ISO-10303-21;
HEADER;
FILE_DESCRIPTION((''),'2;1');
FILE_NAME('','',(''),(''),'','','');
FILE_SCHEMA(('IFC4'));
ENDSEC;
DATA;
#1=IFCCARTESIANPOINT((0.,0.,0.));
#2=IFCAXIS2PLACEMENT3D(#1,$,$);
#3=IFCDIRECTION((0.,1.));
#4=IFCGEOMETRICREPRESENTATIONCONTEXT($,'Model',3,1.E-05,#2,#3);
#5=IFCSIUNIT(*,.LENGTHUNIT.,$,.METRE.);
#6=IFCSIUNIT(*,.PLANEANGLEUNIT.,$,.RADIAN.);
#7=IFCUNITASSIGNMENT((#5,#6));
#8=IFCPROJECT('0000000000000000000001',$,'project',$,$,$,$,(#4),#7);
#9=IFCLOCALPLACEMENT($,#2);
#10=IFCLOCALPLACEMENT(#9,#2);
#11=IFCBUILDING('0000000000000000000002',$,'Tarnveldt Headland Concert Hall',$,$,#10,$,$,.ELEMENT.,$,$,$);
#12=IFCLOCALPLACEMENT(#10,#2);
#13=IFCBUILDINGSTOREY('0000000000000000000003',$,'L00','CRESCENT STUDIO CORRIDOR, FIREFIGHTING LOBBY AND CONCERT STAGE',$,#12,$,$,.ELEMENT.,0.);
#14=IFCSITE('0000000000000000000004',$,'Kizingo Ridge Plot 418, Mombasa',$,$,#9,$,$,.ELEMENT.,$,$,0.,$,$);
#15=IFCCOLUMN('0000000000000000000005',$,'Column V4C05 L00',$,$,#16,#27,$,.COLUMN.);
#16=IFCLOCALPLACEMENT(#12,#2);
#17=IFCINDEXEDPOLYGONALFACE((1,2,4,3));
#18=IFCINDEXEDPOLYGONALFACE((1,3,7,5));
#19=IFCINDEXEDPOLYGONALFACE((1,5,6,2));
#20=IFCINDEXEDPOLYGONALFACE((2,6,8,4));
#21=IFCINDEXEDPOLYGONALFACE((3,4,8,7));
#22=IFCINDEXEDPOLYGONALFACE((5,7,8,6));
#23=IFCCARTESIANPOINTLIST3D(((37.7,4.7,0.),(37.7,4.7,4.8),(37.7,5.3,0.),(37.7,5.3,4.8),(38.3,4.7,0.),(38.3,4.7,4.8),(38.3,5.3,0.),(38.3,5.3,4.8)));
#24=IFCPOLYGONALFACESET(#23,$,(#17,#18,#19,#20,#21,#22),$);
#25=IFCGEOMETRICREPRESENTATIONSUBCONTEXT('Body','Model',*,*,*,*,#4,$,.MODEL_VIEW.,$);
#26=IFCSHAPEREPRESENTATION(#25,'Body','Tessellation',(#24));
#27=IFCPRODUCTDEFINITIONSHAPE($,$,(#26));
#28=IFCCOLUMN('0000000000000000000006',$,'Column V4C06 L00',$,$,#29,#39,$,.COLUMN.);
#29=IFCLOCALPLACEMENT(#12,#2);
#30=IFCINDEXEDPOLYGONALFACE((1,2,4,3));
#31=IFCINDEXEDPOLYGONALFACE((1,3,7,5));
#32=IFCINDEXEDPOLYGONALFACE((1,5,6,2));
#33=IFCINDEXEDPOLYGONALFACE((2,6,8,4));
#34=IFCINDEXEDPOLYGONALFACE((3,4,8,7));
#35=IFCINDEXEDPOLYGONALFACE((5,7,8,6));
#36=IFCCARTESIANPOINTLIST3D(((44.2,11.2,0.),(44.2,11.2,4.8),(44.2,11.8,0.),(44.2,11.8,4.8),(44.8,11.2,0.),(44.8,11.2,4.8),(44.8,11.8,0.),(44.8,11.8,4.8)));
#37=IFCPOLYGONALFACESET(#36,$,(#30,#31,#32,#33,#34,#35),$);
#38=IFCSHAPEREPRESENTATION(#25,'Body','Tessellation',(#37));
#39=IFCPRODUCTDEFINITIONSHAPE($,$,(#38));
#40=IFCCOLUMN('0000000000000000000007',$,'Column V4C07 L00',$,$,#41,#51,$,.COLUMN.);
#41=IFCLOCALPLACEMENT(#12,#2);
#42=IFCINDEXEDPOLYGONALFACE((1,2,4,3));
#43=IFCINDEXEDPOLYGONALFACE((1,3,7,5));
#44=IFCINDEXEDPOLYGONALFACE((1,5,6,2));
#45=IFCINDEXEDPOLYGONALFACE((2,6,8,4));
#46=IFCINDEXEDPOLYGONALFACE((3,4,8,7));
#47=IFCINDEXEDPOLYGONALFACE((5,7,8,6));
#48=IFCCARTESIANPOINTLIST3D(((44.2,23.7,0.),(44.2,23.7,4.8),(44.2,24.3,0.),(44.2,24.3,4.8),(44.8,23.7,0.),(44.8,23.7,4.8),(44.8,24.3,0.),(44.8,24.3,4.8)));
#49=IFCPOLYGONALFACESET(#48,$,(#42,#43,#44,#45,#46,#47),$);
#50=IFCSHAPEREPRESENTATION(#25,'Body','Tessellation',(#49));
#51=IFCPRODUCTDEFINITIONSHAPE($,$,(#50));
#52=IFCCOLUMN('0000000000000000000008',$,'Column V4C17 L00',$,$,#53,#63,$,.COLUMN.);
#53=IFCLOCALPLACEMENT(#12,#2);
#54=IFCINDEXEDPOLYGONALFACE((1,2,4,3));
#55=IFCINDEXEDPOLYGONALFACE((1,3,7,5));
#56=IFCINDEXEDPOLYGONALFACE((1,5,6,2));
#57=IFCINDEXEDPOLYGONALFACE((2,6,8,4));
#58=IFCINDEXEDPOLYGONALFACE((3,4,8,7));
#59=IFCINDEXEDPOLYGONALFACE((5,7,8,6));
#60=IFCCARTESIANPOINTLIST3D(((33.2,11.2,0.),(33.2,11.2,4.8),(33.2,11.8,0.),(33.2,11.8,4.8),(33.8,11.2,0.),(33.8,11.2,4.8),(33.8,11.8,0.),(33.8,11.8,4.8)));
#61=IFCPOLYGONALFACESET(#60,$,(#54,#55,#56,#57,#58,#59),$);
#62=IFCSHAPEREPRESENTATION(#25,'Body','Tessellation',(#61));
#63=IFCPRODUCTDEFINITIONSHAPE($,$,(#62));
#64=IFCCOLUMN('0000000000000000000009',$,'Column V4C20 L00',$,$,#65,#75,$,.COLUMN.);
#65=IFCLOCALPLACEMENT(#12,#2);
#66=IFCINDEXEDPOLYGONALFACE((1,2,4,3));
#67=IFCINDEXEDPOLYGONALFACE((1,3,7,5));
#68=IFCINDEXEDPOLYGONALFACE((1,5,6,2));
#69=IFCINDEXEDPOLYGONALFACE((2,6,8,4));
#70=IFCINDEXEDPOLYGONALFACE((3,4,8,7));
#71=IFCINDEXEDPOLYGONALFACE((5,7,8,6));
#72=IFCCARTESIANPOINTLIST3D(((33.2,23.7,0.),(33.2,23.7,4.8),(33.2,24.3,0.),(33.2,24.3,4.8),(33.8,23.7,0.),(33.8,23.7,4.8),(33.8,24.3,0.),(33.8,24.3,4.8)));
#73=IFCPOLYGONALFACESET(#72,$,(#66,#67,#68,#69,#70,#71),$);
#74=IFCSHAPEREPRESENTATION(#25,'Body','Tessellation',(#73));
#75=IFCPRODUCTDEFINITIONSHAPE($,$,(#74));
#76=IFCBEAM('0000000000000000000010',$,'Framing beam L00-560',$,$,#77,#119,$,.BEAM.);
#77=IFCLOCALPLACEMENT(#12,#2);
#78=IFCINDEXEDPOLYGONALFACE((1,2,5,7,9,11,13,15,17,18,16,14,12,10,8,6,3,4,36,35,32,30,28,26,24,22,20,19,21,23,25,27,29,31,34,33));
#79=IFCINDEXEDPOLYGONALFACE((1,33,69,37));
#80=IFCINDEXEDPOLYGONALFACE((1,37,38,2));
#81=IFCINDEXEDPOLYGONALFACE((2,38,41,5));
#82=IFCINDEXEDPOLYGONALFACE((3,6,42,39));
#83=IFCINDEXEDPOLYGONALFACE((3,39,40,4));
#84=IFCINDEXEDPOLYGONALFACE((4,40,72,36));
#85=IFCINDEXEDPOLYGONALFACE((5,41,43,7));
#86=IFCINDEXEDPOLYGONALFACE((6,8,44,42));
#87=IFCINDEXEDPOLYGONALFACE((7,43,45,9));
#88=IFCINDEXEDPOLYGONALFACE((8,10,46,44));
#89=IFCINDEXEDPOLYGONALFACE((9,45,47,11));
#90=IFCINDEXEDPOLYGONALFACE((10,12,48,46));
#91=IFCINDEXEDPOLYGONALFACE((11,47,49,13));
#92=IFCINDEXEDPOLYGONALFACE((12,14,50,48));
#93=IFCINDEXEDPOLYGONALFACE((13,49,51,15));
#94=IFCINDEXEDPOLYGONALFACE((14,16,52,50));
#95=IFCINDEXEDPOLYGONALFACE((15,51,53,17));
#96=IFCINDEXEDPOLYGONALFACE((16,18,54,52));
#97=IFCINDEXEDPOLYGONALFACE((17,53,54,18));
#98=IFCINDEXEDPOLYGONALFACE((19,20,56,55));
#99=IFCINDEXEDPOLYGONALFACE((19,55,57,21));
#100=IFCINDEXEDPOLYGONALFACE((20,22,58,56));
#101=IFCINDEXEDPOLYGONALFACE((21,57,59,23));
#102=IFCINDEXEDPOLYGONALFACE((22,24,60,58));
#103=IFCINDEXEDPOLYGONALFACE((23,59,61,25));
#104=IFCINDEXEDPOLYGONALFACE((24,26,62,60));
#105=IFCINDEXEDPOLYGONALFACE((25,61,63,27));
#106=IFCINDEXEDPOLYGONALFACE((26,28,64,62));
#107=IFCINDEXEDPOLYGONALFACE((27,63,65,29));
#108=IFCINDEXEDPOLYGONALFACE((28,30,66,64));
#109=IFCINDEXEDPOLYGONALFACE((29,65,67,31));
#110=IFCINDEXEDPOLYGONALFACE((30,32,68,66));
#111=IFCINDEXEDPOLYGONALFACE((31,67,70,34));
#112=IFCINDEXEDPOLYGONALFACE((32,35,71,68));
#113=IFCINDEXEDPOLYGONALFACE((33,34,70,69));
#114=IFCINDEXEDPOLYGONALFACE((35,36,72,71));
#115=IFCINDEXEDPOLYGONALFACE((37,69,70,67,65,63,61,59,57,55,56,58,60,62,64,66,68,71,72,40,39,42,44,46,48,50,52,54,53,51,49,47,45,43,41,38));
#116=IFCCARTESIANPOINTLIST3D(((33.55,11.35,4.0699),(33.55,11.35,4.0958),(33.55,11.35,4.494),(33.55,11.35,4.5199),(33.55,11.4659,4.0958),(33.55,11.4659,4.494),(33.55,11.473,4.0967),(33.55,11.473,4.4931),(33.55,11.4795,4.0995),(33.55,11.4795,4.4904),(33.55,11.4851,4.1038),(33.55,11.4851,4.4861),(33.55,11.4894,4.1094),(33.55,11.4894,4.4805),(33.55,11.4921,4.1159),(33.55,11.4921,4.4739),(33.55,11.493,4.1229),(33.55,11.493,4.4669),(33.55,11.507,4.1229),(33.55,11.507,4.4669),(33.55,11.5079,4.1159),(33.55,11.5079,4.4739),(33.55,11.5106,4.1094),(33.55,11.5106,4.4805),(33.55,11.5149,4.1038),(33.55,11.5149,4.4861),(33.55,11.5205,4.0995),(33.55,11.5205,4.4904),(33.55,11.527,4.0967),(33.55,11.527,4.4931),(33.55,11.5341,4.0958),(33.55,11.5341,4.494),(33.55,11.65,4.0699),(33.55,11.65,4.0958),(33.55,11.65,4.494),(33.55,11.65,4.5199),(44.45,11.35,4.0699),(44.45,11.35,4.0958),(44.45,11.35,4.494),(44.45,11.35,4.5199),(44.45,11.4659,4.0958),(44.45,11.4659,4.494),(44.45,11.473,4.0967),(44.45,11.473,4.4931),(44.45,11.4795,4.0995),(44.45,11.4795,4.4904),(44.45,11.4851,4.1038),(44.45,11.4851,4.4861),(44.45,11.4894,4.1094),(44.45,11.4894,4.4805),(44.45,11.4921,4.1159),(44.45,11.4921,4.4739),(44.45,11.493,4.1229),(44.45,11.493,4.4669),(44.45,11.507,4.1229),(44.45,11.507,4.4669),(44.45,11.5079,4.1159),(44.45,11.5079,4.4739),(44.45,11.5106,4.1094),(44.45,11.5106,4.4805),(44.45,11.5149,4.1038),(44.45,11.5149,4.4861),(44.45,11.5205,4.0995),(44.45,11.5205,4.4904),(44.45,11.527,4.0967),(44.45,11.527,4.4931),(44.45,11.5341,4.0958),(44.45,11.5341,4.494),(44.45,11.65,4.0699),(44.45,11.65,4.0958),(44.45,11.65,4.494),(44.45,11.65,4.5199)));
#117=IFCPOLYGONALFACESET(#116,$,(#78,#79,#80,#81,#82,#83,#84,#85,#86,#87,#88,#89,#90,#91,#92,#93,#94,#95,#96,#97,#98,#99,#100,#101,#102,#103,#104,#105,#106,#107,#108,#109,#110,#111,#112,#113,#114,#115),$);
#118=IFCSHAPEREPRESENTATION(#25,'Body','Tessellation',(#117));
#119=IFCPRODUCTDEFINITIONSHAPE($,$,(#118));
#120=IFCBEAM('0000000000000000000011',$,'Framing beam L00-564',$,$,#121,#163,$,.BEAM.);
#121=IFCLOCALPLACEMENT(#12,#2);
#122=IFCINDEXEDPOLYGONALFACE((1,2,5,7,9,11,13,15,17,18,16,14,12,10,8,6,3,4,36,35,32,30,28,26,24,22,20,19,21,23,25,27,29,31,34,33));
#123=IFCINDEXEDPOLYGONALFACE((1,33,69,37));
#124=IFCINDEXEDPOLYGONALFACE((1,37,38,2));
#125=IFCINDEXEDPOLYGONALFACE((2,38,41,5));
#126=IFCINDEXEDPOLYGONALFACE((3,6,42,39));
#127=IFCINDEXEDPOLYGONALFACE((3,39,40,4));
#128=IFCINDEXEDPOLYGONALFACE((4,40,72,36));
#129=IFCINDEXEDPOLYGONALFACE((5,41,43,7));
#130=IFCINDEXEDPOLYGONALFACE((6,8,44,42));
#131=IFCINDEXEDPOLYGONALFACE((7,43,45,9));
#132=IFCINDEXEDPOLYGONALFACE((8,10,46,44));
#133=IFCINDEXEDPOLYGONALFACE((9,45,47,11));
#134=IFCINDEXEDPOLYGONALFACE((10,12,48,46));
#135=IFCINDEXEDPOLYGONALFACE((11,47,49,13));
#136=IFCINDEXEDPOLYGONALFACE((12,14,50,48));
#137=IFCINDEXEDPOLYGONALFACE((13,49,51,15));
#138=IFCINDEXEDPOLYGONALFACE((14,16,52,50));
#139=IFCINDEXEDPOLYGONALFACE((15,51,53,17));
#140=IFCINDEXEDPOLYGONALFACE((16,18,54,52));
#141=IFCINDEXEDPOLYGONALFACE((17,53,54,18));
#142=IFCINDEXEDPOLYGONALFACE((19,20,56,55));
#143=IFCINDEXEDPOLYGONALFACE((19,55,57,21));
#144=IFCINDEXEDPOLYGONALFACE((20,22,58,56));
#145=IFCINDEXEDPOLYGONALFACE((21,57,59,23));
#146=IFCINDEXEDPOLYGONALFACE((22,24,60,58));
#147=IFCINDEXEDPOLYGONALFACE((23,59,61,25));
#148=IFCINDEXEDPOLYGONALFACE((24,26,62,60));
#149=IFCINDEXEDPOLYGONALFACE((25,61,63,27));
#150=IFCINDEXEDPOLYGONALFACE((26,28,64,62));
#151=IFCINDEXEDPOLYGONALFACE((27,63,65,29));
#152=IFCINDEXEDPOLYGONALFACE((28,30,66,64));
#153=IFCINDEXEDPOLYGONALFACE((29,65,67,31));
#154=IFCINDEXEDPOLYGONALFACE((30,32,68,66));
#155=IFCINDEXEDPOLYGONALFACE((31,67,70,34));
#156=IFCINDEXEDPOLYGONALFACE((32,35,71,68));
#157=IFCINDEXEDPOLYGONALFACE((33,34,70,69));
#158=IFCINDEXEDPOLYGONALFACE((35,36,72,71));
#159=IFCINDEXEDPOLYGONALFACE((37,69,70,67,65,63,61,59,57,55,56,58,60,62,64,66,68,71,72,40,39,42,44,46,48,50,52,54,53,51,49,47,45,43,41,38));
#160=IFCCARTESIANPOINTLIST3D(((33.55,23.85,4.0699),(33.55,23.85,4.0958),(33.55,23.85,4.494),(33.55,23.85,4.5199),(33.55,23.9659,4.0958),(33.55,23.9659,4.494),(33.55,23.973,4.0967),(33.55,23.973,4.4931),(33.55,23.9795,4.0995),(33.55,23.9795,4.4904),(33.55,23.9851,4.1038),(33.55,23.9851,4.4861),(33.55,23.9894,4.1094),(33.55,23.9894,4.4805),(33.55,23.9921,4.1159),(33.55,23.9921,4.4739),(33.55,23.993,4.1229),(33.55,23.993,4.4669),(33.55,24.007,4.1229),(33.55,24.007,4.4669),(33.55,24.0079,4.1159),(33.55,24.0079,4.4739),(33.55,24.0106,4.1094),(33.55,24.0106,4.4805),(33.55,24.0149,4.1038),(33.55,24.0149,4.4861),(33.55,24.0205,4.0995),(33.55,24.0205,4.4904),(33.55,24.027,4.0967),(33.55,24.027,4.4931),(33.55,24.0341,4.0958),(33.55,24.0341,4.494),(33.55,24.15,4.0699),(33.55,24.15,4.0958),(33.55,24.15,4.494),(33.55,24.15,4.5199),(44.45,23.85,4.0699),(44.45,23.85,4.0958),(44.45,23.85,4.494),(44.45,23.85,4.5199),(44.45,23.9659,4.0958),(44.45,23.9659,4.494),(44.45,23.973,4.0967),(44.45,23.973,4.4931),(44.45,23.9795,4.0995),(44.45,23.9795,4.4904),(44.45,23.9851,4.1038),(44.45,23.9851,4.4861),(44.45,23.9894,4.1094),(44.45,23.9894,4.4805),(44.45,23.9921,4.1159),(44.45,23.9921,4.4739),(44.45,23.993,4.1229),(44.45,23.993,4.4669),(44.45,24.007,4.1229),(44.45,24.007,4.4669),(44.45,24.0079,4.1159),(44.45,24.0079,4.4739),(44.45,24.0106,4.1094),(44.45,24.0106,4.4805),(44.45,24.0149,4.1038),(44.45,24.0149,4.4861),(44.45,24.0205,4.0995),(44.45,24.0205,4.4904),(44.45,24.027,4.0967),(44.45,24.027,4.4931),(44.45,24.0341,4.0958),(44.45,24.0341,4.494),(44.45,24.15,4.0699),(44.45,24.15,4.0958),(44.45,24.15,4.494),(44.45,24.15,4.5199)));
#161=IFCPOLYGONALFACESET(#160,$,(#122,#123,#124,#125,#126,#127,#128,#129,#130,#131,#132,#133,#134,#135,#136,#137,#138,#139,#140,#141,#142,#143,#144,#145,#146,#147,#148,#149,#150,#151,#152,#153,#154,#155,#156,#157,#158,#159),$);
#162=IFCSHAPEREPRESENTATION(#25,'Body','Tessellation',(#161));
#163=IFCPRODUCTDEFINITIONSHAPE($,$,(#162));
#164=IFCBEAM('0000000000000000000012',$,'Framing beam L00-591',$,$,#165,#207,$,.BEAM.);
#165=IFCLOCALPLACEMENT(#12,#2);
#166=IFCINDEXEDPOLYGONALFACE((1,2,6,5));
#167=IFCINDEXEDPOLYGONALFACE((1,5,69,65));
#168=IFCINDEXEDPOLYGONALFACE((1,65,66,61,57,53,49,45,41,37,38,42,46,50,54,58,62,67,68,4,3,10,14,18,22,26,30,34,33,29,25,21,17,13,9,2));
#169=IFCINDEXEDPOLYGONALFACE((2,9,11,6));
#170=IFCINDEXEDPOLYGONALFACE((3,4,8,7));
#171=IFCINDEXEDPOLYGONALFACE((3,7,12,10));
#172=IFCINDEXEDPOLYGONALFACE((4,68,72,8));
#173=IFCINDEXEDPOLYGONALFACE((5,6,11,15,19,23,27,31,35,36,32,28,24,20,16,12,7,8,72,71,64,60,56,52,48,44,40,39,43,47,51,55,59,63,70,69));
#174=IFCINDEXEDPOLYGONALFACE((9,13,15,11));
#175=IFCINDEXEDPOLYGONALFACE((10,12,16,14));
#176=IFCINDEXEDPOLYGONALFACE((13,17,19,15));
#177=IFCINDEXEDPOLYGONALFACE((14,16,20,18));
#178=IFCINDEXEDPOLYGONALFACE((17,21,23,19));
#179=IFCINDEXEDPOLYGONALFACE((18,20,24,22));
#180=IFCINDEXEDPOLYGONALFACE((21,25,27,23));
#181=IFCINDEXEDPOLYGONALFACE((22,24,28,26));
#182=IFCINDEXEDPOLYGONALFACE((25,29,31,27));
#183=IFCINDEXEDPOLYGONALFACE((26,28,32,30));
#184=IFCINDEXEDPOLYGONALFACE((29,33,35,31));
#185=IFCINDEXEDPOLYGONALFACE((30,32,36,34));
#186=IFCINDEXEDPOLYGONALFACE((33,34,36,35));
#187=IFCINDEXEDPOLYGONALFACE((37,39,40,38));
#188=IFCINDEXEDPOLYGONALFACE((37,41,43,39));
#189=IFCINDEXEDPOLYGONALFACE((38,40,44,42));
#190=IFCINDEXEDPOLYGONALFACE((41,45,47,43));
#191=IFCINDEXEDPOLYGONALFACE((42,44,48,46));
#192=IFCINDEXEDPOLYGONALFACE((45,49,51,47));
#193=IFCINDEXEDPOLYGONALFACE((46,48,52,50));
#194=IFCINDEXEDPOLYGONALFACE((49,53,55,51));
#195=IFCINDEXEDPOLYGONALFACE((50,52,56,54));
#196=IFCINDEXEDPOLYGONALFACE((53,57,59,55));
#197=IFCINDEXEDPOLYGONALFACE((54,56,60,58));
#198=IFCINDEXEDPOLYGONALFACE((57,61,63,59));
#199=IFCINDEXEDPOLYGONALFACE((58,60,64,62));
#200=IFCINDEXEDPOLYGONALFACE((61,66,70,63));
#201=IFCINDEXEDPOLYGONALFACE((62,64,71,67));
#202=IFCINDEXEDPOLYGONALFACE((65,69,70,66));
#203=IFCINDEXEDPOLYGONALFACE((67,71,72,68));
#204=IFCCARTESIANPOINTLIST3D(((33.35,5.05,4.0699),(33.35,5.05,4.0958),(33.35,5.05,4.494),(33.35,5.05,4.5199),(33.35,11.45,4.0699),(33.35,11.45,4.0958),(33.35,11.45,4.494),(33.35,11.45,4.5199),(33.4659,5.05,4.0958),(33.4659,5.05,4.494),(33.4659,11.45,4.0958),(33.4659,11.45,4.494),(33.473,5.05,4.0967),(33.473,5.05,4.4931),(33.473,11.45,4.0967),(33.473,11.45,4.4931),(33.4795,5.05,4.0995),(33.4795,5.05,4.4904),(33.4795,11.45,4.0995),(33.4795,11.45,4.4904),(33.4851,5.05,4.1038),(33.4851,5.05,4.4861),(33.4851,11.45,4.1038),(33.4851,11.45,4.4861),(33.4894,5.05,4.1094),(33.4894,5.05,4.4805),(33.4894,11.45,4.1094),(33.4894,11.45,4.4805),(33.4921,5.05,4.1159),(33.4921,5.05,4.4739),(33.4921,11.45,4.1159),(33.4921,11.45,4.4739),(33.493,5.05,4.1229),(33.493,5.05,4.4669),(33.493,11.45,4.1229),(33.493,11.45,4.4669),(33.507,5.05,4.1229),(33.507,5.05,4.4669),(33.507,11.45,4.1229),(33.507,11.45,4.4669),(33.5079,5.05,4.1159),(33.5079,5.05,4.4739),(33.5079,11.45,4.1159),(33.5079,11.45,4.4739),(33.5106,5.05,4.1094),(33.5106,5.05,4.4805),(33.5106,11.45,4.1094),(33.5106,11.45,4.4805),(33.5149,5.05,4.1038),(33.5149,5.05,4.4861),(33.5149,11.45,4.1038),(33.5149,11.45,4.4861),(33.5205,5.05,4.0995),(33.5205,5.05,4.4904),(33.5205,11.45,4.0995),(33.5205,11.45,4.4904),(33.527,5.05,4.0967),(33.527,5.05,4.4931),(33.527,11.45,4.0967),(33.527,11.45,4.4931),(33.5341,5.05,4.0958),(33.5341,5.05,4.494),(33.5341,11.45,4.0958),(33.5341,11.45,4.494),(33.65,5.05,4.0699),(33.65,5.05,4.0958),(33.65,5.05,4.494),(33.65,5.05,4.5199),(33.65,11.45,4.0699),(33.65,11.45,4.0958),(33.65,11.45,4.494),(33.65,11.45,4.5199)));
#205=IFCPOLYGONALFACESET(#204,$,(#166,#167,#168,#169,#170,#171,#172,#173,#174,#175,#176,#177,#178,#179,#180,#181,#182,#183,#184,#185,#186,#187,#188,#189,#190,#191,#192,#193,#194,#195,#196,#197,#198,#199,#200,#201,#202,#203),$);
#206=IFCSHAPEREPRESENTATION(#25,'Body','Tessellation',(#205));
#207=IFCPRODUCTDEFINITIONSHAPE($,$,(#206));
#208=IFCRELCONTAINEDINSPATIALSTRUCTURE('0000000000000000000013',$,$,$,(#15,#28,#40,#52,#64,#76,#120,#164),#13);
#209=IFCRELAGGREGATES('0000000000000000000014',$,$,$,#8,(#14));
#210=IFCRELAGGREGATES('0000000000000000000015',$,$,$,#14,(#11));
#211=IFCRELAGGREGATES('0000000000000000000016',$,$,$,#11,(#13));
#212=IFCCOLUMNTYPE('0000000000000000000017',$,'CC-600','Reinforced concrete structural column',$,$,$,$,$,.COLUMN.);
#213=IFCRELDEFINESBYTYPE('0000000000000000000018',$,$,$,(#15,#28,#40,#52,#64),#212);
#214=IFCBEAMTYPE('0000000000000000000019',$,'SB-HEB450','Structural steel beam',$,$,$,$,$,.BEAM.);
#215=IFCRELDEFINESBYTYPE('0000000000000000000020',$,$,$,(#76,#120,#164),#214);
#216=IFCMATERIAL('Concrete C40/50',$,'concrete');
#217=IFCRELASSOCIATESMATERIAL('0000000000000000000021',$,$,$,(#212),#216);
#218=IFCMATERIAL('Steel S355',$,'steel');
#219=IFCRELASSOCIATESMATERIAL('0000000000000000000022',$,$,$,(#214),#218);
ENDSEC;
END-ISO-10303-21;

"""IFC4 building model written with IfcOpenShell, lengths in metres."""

from ifc_helpers import new_model, si_unit, direction, frame, origin, origin_2d, place, context, subcontext, project, spatial, rectangle, i_section, extrude, material, material_profile, profile_set, type_object, element, save


model = new_model("IFC4")

# Units and contexts
model_context = context("Model", 3, precision=1e-05, world=origin(), true_north=direction((0.0, 1.0)))
body_context = subcontext(model_context, "Body", "Model", "MODEL_VIEW")
ifc_project = project(units=[si_unit("LENGTHUNIT", "METRE"), si_unit("PLANEANGLEUNIT", "RADIAN")], contexts=[model_context])

# Site, building, storey
site_placement = place(None, origin())
site = spatial("IfcSite", under=ifc_project, at=site_placement, Name="Kizingo Ridge Plot 418, Mombasa", CompositionType="ELEMENT", RefElevation=0.0)
building_placement = place(site_placement, origin())
building = spatial("IfcBuilding", under=site, at=building_placement, Name="Tarnveldt Headland Concert Hall", CompositionType="ELEMENT")
storey_placement = place(building_placement, origin())
storey = spatial("IfcBuildingStorey", under=building, at=storey_placement, Name="L00", Description="CRESCENT STUDIO CORRIDOR, FIREFIGHTING LOBBY AND CONCERT STAGE", CompositionType="ELEMENT", Elevation=0.0)

# Columns
ifc_material_1 = material(Name="Concrete C40/50", Category="concrete")
ifc_material_profile_1 = material_profile(ifc_material_1, rectangle(XDim=0.6001, YDim=0.6001, at=origin_2d()), Name="RC 600x600", Category="concrete")
ifc_profile_set_1 = profile_set([ifc_material_profile_1], Name="Concrete C40/50")
column_type = type_object("IfcColumnType", Name="CC-600", Description="Reinforced concrete structural column", PredefinedType="COLUMN", material=ifc_profile_set_1)
for number, where, z_axis, x_axis, name in (
    (1, (38.0, 5.0, 0.0), (0.0, 0.0, 1.0), (1.0, 0.0, 0.0), "Column V4C05 L00"),
    (2, (44.5, 11.5, 0.0), (0.0, 0.0, 1.0), (1.0, 0.0, 0.0), "Column V4C06 L00"),
    (3, (44.5, 24.0, 0.0), (0.0, 0.0, 1.0), (1.0, 0.0, 0.0), "Column V4C07 L00"),
    (4, (33.5, 11.5, 0.0), (0.0, 0.0, 1.0), (1.0, 0.0, 0.0), "Column V4C17 L00"),
    (5, (33.5, 24.0, 0.0), (0.0, 0.0, 1.0), (1.0, 0.0, 0.0), "Column V4C20 L00"),
):
    element("IfcColumn", number, at=place(storey_placement, frame(where, z_axis=z_axis, x_axis=x_axis)), inside=storey, type_object=column_type, Name=name, PredefinedType="COLUMN", context=body_context, shape_type="SweptSolid", body=[
        extrude(rectangle(XDim=0.6001, YDim=0.6001, at=origin_2d()), origin(), (0.0, 0.0, 1.0), 4.8),
    ])

# Beams
ifc_material_2 = material(Name="Steel S355", Category="steel")
ifc_material_profile_2 = material_profile(ifc_material_2, i_section(OverallWidth=0.3, OverallDepth=0.45, WebThickness=0.0139, FlangeThickness=0.0259, FilletRadius=0.0271, at=origin_2d()), Name="HEB450", Category="steel")
ifc_profile_set_2 = profile_set([ifc_material_profile_2], Name="Steel S355")
beam_type_1 = type_object("IfcBeamType", Name="SB-HEB450", Description="Structural steel beam", PredefinedType="BEAM", material=ifc_profile_set_2)
for number, where, z_axis, x_axis, name in (
    (6, (33.55, 11.5, 4.2949), (1.0, 0.0, 0.0), (0.0, 1.0, 0.0), "Framing beam L00-560"),
    (7, (33.55, 24.0, 4.2949), (1.0, 0.0, 0.0), (0.0, 1.0, 0.0), "Framing beam L00-564"),
):
    element("IfcBeam", number, at=place(storey_placement, frame(where, z_axis=z_axis, x_axis=x_axis)), inside=storey, type_object=beam_type_1, Name=name, PredefinedType="BEAM", context=body_context, shape_type="SweptSolid", body=[
        extrude(i_section(OverallWidth=0.3, OverallDepth=0.45, WebThickness=0.0139, FlangeThickness=0.0259, FilletRadius=0.0271, at=origin_2d()), origin(), (0.0, 0.0, 1.0), 10.8999),
    ])
beam_1_placement = place(storey_placement, frame((33.5, 5.05, 4.2949), z_axis=(0.0, 1.0, 0.0), x_axis=(-1.0, 0.0, 0.0)))
element("IfcBeam", 8, at=beam_1_placement, inside=storey, type_object=beam_type_1, Name="Framing beam L00-591", PredefinedType="BEAM", context=body_context, shape_type="SweptSolid", body=[
    extrude(i_section(OverallWidth=0.3, OverallDepth=0.45, WebThickness=0.0139, FlangeThickness=0.0259, FilletRadius=0.0271, at=origin_2d()), origin(), (0.0, 0.0, 1.0), 6.3999),
])

save(model, "model.ifc")
